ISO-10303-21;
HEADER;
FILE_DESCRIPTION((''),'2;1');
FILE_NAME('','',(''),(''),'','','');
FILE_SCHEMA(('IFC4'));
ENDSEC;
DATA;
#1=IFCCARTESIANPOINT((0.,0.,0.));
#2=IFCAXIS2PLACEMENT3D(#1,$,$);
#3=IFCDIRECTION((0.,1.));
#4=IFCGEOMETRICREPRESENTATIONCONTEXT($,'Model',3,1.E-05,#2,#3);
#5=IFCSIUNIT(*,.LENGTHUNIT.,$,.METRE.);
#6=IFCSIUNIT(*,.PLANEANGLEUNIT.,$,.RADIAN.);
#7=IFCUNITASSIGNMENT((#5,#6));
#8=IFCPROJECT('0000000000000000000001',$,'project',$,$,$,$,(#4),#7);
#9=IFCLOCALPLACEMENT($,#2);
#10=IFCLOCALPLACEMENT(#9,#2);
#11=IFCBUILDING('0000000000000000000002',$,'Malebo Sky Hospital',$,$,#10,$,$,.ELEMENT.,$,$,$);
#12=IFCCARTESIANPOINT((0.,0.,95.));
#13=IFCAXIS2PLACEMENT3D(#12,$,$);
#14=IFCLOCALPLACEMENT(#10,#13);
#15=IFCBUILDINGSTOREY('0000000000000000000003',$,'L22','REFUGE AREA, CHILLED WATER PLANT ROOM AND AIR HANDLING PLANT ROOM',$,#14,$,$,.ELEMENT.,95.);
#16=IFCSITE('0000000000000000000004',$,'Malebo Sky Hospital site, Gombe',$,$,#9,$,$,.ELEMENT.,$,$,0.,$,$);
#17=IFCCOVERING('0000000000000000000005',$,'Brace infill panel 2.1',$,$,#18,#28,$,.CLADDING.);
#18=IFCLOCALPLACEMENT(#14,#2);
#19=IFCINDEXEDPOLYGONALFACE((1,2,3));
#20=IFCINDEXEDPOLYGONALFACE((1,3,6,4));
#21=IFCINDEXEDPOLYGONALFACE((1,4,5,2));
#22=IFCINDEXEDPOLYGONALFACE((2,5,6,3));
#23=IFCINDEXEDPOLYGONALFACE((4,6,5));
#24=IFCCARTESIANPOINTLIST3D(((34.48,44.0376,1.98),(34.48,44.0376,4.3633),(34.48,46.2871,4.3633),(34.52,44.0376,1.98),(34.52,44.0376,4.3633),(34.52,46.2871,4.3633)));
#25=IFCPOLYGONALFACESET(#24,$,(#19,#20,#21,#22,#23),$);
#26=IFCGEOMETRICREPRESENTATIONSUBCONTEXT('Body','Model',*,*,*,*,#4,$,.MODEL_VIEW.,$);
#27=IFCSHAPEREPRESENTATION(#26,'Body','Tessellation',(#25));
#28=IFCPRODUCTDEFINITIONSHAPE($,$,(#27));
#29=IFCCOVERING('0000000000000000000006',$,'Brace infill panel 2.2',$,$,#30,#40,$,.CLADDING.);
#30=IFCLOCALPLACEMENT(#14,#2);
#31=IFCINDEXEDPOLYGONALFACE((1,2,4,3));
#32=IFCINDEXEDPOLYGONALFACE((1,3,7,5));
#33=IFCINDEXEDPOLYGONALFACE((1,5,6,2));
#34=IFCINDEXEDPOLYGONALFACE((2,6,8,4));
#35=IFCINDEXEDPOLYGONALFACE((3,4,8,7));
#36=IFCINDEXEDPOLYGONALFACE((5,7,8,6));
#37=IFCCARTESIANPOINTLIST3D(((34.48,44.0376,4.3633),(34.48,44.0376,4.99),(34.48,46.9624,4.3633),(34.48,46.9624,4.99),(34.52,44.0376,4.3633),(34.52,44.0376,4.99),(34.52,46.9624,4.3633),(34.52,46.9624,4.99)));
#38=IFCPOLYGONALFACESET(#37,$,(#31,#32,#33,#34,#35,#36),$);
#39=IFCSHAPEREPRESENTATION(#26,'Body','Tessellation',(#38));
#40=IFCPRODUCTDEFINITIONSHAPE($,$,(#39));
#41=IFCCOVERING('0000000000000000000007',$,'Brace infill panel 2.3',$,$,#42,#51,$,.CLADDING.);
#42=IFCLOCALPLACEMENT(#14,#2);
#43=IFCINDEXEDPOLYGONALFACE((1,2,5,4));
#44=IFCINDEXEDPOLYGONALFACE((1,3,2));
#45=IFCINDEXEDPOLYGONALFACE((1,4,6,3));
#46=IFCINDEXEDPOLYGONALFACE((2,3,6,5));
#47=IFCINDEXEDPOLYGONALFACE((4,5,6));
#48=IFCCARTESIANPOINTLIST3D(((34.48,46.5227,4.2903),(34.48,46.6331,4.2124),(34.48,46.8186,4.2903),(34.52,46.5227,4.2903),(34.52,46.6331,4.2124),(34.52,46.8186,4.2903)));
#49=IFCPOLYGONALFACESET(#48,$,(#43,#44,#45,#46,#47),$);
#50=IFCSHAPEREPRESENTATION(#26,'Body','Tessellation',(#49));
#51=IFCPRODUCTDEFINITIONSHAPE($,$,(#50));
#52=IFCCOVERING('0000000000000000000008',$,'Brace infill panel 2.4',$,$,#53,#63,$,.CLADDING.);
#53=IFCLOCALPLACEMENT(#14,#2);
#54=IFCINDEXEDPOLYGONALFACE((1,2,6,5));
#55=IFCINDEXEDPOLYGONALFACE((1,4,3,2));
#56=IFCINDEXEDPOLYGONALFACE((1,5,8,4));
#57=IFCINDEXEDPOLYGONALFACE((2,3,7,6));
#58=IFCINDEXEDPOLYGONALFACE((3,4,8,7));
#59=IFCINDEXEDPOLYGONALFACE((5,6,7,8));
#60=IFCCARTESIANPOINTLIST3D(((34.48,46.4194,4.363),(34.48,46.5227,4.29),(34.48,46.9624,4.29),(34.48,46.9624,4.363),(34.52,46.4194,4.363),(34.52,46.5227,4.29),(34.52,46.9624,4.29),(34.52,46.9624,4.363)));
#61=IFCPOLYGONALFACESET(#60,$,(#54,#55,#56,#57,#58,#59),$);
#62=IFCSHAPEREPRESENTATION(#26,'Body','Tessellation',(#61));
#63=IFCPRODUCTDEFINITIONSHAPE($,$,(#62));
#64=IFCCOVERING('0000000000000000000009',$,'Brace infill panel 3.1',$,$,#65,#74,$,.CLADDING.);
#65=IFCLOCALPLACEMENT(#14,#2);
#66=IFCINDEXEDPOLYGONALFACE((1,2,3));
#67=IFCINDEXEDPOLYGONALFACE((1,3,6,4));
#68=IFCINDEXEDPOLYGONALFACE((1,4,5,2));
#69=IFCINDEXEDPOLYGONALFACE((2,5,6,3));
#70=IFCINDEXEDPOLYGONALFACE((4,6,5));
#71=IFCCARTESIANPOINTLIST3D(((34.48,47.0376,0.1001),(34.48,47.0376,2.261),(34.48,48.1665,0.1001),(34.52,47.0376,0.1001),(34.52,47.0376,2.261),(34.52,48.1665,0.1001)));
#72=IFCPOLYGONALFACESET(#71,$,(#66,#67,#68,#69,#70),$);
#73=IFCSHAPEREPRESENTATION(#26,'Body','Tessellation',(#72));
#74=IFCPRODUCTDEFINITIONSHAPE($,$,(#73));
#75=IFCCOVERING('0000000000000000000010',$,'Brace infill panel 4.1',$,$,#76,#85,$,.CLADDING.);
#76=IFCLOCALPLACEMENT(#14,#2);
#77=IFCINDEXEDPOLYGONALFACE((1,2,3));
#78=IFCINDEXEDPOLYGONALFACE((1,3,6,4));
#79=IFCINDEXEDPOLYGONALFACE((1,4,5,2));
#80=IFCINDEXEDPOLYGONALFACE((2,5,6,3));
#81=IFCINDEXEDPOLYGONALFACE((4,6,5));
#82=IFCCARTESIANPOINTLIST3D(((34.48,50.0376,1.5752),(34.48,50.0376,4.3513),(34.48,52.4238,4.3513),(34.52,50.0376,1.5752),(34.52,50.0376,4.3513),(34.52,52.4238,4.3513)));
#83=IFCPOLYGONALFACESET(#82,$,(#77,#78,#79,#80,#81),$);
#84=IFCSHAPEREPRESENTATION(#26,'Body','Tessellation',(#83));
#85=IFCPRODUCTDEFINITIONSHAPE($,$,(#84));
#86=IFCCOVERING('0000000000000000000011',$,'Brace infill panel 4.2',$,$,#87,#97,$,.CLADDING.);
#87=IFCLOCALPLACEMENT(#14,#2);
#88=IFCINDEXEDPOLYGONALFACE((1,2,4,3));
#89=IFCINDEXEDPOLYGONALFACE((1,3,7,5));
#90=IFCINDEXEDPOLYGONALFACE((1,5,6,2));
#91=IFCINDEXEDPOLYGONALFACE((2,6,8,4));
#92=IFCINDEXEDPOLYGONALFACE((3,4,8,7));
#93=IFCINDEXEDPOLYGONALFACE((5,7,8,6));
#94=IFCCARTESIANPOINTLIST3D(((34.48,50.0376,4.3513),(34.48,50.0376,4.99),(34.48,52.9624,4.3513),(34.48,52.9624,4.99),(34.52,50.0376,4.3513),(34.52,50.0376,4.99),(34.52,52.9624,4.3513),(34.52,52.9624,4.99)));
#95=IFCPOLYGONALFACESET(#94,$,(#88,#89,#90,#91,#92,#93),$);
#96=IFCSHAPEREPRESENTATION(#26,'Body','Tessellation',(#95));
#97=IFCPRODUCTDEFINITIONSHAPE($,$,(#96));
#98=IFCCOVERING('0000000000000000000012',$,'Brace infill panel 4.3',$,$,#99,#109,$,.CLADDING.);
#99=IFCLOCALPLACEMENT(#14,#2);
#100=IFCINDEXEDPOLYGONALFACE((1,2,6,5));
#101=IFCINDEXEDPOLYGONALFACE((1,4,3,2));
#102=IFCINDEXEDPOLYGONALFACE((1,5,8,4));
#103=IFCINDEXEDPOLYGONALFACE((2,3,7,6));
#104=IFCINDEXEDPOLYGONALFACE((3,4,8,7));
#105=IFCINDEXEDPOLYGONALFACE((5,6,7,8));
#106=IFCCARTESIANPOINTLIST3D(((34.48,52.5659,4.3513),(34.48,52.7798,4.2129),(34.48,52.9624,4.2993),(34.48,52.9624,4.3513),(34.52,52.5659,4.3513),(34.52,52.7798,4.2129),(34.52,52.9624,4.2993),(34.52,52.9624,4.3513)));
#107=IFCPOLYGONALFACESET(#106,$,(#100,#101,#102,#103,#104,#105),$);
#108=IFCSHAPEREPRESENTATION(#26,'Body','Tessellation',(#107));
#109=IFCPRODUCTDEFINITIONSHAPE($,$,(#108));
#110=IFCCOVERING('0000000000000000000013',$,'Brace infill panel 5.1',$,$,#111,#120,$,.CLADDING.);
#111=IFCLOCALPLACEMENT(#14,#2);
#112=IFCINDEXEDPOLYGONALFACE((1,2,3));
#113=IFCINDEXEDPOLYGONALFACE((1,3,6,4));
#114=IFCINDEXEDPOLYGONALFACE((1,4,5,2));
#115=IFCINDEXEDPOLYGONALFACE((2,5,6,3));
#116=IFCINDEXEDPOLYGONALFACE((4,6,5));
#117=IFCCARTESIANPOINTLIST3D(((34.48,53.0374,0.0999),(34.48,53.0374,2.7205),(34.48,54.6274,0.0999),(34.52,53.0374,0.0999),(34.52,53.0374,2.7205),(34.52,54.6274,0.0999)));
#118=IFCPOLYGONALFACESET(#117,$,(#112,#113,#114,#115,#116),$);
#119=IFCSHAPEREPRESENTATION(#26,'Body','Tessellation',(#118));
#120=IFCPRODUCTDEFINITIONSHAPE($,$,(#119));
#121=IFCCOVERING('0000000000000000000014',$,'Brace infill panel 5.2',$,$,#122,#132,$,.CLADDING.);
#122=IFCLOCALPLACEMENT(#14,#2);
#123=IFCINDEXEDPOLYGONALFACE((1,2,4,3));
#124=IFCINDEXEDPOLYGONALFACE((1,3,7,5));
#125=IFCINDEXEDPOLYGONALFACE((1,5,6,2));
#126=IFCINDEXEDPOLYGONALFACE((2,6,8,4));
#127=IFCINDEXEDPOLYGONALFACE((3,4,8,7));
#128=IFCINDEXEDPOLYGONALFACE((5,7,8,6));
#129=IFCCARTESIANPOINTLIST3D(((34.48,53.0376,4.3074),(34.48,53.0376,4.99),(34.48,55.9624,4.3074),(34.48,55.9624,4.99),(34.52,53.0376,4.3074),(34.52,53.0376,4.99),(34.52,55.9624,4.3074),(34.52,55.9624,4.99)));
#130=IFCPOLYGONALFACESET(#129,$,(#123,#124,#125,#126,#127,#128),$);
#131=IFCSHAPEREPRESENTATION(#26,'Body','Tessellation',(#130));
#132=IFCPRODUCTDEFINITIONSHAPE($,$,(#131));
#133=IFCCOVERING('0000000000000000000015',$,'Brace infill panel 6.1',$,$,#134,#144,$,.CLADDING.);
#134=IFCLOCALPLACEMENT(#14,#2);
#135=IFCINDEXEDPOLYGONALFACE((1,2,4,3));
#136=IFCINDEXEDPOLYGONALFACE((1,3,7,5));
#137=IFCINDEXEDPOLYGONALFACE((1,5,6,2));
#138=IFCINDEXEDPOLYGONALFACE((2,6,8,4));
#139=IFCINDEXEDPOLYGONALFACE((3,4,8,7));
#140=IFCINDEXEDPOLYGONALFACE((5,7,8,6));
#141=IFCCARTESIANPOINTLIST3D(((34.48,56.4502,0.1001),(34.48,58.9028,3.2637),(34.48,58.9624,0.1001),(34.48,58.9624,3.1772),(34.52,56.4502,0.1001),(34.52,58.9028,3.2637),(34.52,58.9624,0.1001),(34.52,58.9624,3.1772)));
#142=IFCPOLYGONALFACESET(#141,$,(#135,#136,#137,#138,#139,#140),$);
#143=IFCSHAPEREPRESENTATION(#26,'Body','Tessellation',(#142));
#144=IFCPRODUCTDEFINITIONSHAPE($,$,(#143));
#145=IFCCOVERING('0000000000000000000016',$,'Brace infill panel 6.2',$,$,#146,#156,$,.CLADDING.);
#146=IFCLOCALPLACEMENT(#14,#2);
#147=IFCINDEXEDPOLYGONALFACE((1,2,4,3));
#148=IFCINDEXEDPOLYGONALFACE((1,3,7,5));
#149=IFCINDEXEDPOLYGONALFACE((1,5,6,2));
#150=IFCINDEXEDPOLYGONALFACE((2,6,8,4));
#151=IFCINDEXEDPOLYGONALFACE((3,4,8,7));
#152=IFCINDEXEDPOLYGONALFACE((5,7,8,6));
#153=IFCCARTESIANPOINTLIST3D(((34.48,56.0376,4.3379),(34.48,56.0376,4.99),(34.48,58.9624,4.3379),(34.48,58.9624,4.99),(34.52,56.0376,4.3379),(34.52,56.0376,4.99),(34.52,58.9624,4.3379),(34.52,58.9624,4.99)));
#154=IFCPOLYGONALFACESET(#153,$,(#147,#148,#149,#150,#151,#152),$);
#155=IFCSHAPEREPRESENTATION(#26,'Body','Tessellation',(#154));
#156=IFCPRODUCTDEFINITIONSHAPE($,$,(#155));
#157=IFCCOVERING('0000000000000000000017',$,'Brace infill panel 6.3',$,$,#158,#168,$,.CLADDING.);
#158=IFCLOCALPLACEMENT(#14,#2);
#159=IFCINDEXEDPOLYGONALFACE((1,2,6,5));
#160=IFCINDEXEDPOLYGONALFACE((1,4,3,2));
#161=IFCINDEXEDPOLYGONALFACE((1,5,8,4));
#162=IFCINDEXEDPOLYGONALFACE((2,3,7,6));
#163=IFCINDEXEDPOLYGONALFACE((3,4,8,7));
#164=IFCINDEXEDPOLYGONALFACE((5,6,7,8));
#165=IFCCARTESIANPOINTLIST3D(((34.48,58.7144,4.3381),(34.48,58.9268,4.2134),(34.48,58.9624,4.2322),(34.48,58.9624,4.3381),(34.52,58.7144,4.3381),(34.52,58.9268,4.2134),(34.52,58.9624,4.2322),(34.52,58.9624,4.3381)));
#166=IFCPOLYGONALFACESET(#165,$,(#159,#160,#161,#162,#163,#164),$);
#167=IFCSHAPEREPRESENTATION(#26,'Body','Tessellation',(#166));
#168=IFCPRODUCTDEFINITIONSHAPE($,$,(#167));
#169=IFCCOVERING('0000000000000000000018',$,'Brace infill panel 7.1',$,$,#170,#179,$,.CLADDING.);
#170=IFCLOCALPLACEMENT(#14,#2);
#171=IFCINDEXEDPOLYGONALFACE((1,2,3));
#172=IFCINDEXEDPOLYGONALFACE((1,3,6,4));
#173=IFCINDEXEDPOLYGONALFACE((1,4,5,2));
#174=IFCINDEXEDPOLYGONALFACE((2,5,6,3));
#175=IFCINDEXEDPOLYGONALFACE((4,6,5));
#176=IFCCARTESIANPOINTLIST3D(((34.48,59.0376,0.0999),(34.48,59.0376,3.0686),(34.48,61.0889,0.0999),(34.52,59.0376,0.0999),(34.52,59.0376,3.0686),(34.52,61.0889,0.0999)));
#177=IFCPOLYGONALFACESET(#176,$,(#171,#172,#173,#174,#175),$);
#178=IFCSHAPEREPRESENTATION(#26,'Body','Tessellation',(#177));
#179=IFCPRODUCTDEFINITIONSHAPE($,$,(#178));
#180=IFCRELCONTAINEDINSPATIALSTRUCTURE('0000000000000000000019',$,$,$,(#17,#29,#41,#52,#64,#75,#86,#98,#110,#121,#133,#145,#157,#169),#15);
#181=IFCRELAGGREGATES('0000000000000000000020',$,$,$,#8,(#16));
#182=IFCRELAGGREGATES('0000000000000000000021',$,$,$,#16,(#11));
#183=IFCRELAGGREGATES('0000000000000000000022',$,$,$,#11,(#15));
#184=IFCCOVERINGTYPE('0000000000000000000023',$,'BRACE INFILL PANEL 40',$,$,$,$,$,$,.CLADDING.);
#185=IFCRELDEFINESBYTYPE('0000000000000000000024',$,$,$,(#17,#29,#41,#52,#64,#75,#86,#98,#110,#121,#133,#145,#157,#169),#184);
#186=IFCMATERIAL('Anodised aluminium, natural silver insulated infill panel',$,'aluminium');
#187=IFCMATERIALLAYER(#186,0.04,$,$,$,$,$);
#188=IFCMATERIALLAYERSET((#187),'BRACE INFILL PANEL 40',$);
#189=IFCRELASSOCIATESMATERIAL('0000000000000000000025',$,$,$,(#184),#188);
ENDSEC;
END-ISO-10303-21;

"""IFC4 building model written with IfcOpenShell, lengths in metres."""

from ifc_helpers import new_model, si_unit, direction, frame, origin, place, context, subcontext, project, spatial, polyline, outline, extrude, material, layer, layer_set, type_object, element, save


model = new_model("IFC4")

# Units and contexts
model_context = context("Model", 3, precision=1e-05, world=origin(), true_north=direction((0.0, 1.0)))
body_context = subcontext(model_context, "Body", "Model", "MODEL_VIEW")
ifc_project = project(units=[si_unit("LENGTHUNIT", "METRE"), si_unit("PLANEANGLEUNIT", "RADIAN")], contexts=[model_context])

# Site, building, storey
site_placement = place(None, origin())
site = spatial("IfcSite", under=ifc_project, at=site_placement, Name="Malebo Sky Hospital site, Gombe", CompositionType="ELEMENT", RefElevation=0.0)
building_placement = place(site_placement, origin())
building = spatial("IfcBuilding", under=site, at=building_placement, Name="Malebo Sky Hospital", CompositionType="ELEMENT")
storey_placement = place(building_placement, frame((0.0, 0.0, 95.0)))
storey = spatial("IfcBuildingStorey", under=building, at=storey_placement, Name="L22", Description="REFUGE AREA, CHILLED WATER PLANT ROOM AND AIR HANDLING PLANT ROOM", CompositionType="ELEMENT", Elevation=95.0)

# Coverings
ifc_material_1 = material(Name="Anodised aluminium, natural silver insulated infill panel", Category="aluminium")
ifc_layer_1 = layer(ifc_material_1, 0.04)
ifc_layer_set_1 = layer_set([ifc_layer_1], Name="BRACE INFILL PANEL 40")
covering_type = type_object("IfcCoveringType", Name="BRACE INFILL PANEL 40", PredefinedType="CLADDING", material=ifc_layer_set_1)
covering_1_placement = place(storey_placement, frame((34.5, 45.1624, 1.98), z_axis=(0.0, 0.0, 1.0), x_axis=(0.0, 1.0, 0.0)))
element("IfcCovering", 1, at=covering_1_placement, inside=storey, type_object=covering_type, Name="Brace infill panel 2.1", PredefinedType="CLADDING", context=body_context, shape_type="SweptSolid", body=[
    extrude(outline(polyline([(-1.1248, 0.0), (1.1248, 2.3833), (-1.1248, 2.3833), (-1.1248, 0.0)])), frame((0.0, 0.02, 0.0), z_axis=(0.0, -1.0, 0.0), x_axis=(1.0, 0.0, 0.0)), (0.0, 0.0, 1.0), 0.04),
])
covering_2_placement = place(storey_placement, frame((34.5, 45.5, 4.3633), z_axis=(0.0, 0.0, 1.0), x_axis=(0.0, 1.0, 0.0)))
element("IfcCovering", 2, at=covering_2_placement, inside=storey, type_object=covering_type, Name="Brace infill panel 2.2", PredefinedType="CLADDING", context=body_context, shape_type="SweptSolid", body=[
    extrude(outline(polyline([(-1.4624, 0.0), (1.4624, 0.0), (1.4624, 0.6267), (-1.4624, 0.6267), (-1.4624, 0.0)])), frame((0.0, 0.02, 0.0), z_axis=(0.0, -1.0, 0.0), x_axis=(1.0, 0.0, 0.0)), (0.0, 0.0, 1.0), 0.04),
])
covering_3_placement = place(storey_placement, frame((34.5, 46.6707, 4.2124), z_axis=(0.0, 0.0, 1.0), x_axis=(0.0, 1.0, 0.0)))
element("IfcCovering", 3, at=covering_3_placement, inside=storey, type_object=covering_type, Name="Brace infill panel 2.3", PredefinedType="CLADDING", context=body_context, shape_type="SweptSolid", body=[
    extrude(outline(polyline([(-0.0376, 0.0), (0.1479, 0.0779), (-0.1479, 0.0779), (-0.0376, 0.0)])), frame((0.0, 0.02, 0.0), z_axis=(0.0, -1.0, 0.0), x_axis=(1.0, 0.0, 0.0)), (0.0, 0.0, 1.0), 0.04),
])
covering_4_placement = place(storey_placement, frame((34.5, 46.6909, 4.29), z_axis=(0.0, 0.0, 1.0), x_axis=(0.0, 1.0, 0.0)))
element("IfcCovering", 4, at=covering_4_placement, inside=storey, type_object=covering_type, Name="Brace infill panel 2.4", PredefinedType="CLADDING", context=body_context, shape_type="SweptSolid", body=[
    extrude(outline(polyline([(-0.1682, 0.0), (0.2715, 0.0), (0.2715, 0.073), (-0.2715, 0.073), (-0.1682, 0.0)])), frame((0.0, 0.02, 0.0), z_axis=(0.0, -1.0, 0.0), x_axis=(1.0, 0.0, 0.0)), (0.0, 0.0, 1.0), 0.04),
])
covering_5_placement = place(storey_placement, frame((34.5, 47.6021, 0.1001), z_axis=(0.0, 0.0, 1.0), x_axis=(0.0, 1.0, 0.0)))
element("IfcCovering", 5, at=covering_5_placement, inside=storey, type_object=covering_type, Name="Brace infill panel 3.1", PredefinedType="CLADDING", context=body_context, shape_type="SweptSolid", body=[
    extrude(outline(polyline([(-0.5645, 0.0), (0.5645, 0.0), (-0.5645, 2.1609), (-0.5645, 0.0)])), frame((0.0, 0.02, 0.0), z_axis=(0.0, -1.0, 0.0), x_axis=(1.0, 0.0, 0.0)), (0.0, 0.0, 1.0), 0.04),
])
covering_6_placement = place(storey_placement, frame((34.5, 51.2307, 1.5752), z_axis=(0.0, 0.0, 1.0), x_axis=(0.0, 1.0, 0.0)))
element("IfcCovering", 6, at=covering_6_placement, inside=storey, type_object=covering_type, Name="Brace infill panel 4.1", PredefinedType="CLADDING", context=body_context, shape_type="SweptSolid", body=[
    extrude(outline(polyline([(-1.1931, 0.0), (1.1931, 2.7761), (-1.1931, 2.7761), (-1.1931, 0.0)])), frame((0.0, 0.02, 0.0), z_axis=(0.0, -1.0, 0.0), x_axis=(1.0, 0.0, 0.0)), (0.0, 0.0, 1.0), 0.04),
])
covering_7_placement = place(storey_placement, frame((34.5, 51.5, 4.3513), z_axis=(0.0, 0.0, 1.0), x_axis=(0.0, 1.0, 0.0)))
element("IfcCovering", 7, at=covering_7_placement, inside=storey, type_object=covering_type, Name="Brace infill panel 4.2", PredefinedType="CLADDING", context=body_context, shape_type="SweptSolid", body=[
    extrude(outline(polyline([(-1.4624, 0.0), (1.4624, 0.0), (1.4624, 0.6387), (-1.4624, 0.6387), (-1.4624, 0.0)])), frame((0.0, 0.02, 0.0), z_axis=(0.0, -1.0, 0.0), x_axis=(1.0, 0.0, 0.0)), (0.0, 0.0, 1.0), 0.04),
])
covering_8_placement = place(storey_placement, frame((34.5, 52.7642, 4.2129), z_axis=(0.0, 0.0, 1.0), x_axis=(0.0, 1.0, 0.0)))
element("IfcCovering", 8, at=covering_8_placement, inside=storey, type_object=covering_type, Name="Brace infill panel 4.3", PredefinedType="CLADDING", context=body_context, shape_type="SweptSolid", body=[
    extrude(outline(polyline([(0.0156, 0.0), (0.1982, 0.0864), (0.1982, 0.1384), (-0.1982, 0.1384), (0.0156, 0.0)])), frame((0.0, 0.02, 0.0), z_axis=(0.0, -1.0, 0.0), x_axis=(1.0, 0.0, 0.0)), (0.0, 0.0, 1.0), 0.04),
])
covering_9_placement = place(storey_placement, frame((34.5, 53.8325, 0.0999), z_axis=(0.0, 0.0, 1.0), x_axis=(0.0, 1.0, 0.0)))
element("IfcCovering", 9, at=covering_9_placement, inside=storey, type_object=covering_type, Name="Brace infill panel 5.1", PredefinedType="CLADDING", context=body_context, shape_type="SweptSolid", body=[
    extrude(outline(polyline([(-0.7952, 0.0), (0.7949, 0.0), (-0.7952, 2.6206), (-0.7952, 0.0)])), frame((0.0, 0.02, 0.0), z_axis=(0.0, -1.0, 0.0), x_axis=(1.0, 0.0, 0.0)), (0.0, 0.0, 1.0), 0.04),
])
covering_10_placement = place(storey_placement, frame((34.5, 54.5, 4.3074), z_axis=(0.0, 0.0, 1.0), x_axis=(0.0, 1.0, 0.0)))
element("IfcCovering", 10, at=covering_10_placement, inside=storey, type_object=covering_type, Name="Brace infill panel 5.2", PredefinedType="CLADDING", context=body_context, shape_type="SweptSolid", body=[
    extrude(outline(polyline([(-1.4624, 0.0), (1.4624, 0.0), (1.4624, 0.6826), (-1.4624, 0.6826), (-1.4624, 0.0)])), frame((0.0, 0.02, 0.0), z_axis=(0.0, -1.0, 0.0), x_axis=(1.0, 0.0, 0.0)), (0.0, 0.0, 1.0), 0.04),
])
covering_11_placement = place(storey_placement, frame((34.5, 57.7063, 0.1001), z_axis=(0.0, 0.0, 1.0), x_axis=(0.0, 1.0, 0.0)))
element("IfcCovering", 11, at=covering_11_placement, inside=storey, type_object=covering_type, Name="Brace infill panel 6.1", PredefinedType="CLADDING", context=body_context, shape_type="SweptSolid", body=[
    extrude(outline(polyline([(-1.2561, 0.0), (1.2561, 0.0), (1.2561, 3.0771), (1.1965, 3.1636), (-1.2561, 0.0)])), frame((0.0, 0.02, 0.0), z_axis=(0.0, -1.0, 0.0), x_axis=(1.0, 0.0, 0.0)), (0.0, 0.0, 1.0), 0.04),
])
covering_12_placement = place(storey_placement, frame((34.5, 57.5, 4.3379), z_axis=(0.0, 0.0, 1.0), x_axis=(0.0, 1.0, 0.0)))
element("IfcCovering", 12, at=covering_12_placement, inside=storey, type_object=covering_type, Name="Brace infill panel 6.2", PredefinedType="CLADDING", context=body_context, shape_type="SweptSolid", body=[
    extrude(outline(polyline([(-1.4624, 0.0), (1.4624, 0.0), (1.4624, 0.6521), (-1.4624, 0.6521), (-1.4624, 0.0)])), frame((0.0, 0.02, 0.0), z_axis=(0.0, -1.0, 0.0), x_axis=(1.0, 0.0, 0.0)), (0.0, 0.0, 1.0), 0.04),
])
covering_13_placement = place(storey_placement, frame((34.5, 58.8384, 4.2134), z_axis=(0.0, 0.0, 1.0), x_axis=(0.0, 1.0, 0.0)))
element("IfcCovering", 13, at=covering_13_placement, inside=storey, type_object=covering_type, Name="Brace infill panel 6.3", PredefinedType="CLADDING", context=body_context, shape_type="SweptSolid", body=[
    extrude(outline(polyline([(0.0884, 0.0), (0.124, 0.0188), (0.124, 0.1248), (-0.124, 0.1248), (0.0884, 0.0)])), frame((0.0, 0.02, 0.0), z_axis=(0.0, -1.0, 0.0), x_axis=(1.0, 0.0, 0.0)), (0.0, 0.0, 1.0), 0.04),
])
covering_14_placement = place(storey_placement, frame((34.5, 60.0632, 0.0999), z_axis=(0.0, 0.0, 1.0), x_axis=(0.0, 1.0, 0.0)))
element("IfcCovering", 14, at=covering_14_placement, inside=storey, type_object=covering_type, Name="Brace infill panel 7.1", PredefinedType="CLADDING", context=body_context, shape_type="SweptSolid", body=[
    extrude(outline(polyline([(-1.0256, 0.0), (1.0256, 0.0), (-1.0256, 2.9688), (-1.0256, 0.0)])), frame((0.0, 0.02, 0.0), z_axis=(0.0, -1.0, 0.0), x_axis=(1.0, 0.0, 0.0)), (0.0, 0.0, 1.0), 0.04),
])

save(model, "model.ifc")
